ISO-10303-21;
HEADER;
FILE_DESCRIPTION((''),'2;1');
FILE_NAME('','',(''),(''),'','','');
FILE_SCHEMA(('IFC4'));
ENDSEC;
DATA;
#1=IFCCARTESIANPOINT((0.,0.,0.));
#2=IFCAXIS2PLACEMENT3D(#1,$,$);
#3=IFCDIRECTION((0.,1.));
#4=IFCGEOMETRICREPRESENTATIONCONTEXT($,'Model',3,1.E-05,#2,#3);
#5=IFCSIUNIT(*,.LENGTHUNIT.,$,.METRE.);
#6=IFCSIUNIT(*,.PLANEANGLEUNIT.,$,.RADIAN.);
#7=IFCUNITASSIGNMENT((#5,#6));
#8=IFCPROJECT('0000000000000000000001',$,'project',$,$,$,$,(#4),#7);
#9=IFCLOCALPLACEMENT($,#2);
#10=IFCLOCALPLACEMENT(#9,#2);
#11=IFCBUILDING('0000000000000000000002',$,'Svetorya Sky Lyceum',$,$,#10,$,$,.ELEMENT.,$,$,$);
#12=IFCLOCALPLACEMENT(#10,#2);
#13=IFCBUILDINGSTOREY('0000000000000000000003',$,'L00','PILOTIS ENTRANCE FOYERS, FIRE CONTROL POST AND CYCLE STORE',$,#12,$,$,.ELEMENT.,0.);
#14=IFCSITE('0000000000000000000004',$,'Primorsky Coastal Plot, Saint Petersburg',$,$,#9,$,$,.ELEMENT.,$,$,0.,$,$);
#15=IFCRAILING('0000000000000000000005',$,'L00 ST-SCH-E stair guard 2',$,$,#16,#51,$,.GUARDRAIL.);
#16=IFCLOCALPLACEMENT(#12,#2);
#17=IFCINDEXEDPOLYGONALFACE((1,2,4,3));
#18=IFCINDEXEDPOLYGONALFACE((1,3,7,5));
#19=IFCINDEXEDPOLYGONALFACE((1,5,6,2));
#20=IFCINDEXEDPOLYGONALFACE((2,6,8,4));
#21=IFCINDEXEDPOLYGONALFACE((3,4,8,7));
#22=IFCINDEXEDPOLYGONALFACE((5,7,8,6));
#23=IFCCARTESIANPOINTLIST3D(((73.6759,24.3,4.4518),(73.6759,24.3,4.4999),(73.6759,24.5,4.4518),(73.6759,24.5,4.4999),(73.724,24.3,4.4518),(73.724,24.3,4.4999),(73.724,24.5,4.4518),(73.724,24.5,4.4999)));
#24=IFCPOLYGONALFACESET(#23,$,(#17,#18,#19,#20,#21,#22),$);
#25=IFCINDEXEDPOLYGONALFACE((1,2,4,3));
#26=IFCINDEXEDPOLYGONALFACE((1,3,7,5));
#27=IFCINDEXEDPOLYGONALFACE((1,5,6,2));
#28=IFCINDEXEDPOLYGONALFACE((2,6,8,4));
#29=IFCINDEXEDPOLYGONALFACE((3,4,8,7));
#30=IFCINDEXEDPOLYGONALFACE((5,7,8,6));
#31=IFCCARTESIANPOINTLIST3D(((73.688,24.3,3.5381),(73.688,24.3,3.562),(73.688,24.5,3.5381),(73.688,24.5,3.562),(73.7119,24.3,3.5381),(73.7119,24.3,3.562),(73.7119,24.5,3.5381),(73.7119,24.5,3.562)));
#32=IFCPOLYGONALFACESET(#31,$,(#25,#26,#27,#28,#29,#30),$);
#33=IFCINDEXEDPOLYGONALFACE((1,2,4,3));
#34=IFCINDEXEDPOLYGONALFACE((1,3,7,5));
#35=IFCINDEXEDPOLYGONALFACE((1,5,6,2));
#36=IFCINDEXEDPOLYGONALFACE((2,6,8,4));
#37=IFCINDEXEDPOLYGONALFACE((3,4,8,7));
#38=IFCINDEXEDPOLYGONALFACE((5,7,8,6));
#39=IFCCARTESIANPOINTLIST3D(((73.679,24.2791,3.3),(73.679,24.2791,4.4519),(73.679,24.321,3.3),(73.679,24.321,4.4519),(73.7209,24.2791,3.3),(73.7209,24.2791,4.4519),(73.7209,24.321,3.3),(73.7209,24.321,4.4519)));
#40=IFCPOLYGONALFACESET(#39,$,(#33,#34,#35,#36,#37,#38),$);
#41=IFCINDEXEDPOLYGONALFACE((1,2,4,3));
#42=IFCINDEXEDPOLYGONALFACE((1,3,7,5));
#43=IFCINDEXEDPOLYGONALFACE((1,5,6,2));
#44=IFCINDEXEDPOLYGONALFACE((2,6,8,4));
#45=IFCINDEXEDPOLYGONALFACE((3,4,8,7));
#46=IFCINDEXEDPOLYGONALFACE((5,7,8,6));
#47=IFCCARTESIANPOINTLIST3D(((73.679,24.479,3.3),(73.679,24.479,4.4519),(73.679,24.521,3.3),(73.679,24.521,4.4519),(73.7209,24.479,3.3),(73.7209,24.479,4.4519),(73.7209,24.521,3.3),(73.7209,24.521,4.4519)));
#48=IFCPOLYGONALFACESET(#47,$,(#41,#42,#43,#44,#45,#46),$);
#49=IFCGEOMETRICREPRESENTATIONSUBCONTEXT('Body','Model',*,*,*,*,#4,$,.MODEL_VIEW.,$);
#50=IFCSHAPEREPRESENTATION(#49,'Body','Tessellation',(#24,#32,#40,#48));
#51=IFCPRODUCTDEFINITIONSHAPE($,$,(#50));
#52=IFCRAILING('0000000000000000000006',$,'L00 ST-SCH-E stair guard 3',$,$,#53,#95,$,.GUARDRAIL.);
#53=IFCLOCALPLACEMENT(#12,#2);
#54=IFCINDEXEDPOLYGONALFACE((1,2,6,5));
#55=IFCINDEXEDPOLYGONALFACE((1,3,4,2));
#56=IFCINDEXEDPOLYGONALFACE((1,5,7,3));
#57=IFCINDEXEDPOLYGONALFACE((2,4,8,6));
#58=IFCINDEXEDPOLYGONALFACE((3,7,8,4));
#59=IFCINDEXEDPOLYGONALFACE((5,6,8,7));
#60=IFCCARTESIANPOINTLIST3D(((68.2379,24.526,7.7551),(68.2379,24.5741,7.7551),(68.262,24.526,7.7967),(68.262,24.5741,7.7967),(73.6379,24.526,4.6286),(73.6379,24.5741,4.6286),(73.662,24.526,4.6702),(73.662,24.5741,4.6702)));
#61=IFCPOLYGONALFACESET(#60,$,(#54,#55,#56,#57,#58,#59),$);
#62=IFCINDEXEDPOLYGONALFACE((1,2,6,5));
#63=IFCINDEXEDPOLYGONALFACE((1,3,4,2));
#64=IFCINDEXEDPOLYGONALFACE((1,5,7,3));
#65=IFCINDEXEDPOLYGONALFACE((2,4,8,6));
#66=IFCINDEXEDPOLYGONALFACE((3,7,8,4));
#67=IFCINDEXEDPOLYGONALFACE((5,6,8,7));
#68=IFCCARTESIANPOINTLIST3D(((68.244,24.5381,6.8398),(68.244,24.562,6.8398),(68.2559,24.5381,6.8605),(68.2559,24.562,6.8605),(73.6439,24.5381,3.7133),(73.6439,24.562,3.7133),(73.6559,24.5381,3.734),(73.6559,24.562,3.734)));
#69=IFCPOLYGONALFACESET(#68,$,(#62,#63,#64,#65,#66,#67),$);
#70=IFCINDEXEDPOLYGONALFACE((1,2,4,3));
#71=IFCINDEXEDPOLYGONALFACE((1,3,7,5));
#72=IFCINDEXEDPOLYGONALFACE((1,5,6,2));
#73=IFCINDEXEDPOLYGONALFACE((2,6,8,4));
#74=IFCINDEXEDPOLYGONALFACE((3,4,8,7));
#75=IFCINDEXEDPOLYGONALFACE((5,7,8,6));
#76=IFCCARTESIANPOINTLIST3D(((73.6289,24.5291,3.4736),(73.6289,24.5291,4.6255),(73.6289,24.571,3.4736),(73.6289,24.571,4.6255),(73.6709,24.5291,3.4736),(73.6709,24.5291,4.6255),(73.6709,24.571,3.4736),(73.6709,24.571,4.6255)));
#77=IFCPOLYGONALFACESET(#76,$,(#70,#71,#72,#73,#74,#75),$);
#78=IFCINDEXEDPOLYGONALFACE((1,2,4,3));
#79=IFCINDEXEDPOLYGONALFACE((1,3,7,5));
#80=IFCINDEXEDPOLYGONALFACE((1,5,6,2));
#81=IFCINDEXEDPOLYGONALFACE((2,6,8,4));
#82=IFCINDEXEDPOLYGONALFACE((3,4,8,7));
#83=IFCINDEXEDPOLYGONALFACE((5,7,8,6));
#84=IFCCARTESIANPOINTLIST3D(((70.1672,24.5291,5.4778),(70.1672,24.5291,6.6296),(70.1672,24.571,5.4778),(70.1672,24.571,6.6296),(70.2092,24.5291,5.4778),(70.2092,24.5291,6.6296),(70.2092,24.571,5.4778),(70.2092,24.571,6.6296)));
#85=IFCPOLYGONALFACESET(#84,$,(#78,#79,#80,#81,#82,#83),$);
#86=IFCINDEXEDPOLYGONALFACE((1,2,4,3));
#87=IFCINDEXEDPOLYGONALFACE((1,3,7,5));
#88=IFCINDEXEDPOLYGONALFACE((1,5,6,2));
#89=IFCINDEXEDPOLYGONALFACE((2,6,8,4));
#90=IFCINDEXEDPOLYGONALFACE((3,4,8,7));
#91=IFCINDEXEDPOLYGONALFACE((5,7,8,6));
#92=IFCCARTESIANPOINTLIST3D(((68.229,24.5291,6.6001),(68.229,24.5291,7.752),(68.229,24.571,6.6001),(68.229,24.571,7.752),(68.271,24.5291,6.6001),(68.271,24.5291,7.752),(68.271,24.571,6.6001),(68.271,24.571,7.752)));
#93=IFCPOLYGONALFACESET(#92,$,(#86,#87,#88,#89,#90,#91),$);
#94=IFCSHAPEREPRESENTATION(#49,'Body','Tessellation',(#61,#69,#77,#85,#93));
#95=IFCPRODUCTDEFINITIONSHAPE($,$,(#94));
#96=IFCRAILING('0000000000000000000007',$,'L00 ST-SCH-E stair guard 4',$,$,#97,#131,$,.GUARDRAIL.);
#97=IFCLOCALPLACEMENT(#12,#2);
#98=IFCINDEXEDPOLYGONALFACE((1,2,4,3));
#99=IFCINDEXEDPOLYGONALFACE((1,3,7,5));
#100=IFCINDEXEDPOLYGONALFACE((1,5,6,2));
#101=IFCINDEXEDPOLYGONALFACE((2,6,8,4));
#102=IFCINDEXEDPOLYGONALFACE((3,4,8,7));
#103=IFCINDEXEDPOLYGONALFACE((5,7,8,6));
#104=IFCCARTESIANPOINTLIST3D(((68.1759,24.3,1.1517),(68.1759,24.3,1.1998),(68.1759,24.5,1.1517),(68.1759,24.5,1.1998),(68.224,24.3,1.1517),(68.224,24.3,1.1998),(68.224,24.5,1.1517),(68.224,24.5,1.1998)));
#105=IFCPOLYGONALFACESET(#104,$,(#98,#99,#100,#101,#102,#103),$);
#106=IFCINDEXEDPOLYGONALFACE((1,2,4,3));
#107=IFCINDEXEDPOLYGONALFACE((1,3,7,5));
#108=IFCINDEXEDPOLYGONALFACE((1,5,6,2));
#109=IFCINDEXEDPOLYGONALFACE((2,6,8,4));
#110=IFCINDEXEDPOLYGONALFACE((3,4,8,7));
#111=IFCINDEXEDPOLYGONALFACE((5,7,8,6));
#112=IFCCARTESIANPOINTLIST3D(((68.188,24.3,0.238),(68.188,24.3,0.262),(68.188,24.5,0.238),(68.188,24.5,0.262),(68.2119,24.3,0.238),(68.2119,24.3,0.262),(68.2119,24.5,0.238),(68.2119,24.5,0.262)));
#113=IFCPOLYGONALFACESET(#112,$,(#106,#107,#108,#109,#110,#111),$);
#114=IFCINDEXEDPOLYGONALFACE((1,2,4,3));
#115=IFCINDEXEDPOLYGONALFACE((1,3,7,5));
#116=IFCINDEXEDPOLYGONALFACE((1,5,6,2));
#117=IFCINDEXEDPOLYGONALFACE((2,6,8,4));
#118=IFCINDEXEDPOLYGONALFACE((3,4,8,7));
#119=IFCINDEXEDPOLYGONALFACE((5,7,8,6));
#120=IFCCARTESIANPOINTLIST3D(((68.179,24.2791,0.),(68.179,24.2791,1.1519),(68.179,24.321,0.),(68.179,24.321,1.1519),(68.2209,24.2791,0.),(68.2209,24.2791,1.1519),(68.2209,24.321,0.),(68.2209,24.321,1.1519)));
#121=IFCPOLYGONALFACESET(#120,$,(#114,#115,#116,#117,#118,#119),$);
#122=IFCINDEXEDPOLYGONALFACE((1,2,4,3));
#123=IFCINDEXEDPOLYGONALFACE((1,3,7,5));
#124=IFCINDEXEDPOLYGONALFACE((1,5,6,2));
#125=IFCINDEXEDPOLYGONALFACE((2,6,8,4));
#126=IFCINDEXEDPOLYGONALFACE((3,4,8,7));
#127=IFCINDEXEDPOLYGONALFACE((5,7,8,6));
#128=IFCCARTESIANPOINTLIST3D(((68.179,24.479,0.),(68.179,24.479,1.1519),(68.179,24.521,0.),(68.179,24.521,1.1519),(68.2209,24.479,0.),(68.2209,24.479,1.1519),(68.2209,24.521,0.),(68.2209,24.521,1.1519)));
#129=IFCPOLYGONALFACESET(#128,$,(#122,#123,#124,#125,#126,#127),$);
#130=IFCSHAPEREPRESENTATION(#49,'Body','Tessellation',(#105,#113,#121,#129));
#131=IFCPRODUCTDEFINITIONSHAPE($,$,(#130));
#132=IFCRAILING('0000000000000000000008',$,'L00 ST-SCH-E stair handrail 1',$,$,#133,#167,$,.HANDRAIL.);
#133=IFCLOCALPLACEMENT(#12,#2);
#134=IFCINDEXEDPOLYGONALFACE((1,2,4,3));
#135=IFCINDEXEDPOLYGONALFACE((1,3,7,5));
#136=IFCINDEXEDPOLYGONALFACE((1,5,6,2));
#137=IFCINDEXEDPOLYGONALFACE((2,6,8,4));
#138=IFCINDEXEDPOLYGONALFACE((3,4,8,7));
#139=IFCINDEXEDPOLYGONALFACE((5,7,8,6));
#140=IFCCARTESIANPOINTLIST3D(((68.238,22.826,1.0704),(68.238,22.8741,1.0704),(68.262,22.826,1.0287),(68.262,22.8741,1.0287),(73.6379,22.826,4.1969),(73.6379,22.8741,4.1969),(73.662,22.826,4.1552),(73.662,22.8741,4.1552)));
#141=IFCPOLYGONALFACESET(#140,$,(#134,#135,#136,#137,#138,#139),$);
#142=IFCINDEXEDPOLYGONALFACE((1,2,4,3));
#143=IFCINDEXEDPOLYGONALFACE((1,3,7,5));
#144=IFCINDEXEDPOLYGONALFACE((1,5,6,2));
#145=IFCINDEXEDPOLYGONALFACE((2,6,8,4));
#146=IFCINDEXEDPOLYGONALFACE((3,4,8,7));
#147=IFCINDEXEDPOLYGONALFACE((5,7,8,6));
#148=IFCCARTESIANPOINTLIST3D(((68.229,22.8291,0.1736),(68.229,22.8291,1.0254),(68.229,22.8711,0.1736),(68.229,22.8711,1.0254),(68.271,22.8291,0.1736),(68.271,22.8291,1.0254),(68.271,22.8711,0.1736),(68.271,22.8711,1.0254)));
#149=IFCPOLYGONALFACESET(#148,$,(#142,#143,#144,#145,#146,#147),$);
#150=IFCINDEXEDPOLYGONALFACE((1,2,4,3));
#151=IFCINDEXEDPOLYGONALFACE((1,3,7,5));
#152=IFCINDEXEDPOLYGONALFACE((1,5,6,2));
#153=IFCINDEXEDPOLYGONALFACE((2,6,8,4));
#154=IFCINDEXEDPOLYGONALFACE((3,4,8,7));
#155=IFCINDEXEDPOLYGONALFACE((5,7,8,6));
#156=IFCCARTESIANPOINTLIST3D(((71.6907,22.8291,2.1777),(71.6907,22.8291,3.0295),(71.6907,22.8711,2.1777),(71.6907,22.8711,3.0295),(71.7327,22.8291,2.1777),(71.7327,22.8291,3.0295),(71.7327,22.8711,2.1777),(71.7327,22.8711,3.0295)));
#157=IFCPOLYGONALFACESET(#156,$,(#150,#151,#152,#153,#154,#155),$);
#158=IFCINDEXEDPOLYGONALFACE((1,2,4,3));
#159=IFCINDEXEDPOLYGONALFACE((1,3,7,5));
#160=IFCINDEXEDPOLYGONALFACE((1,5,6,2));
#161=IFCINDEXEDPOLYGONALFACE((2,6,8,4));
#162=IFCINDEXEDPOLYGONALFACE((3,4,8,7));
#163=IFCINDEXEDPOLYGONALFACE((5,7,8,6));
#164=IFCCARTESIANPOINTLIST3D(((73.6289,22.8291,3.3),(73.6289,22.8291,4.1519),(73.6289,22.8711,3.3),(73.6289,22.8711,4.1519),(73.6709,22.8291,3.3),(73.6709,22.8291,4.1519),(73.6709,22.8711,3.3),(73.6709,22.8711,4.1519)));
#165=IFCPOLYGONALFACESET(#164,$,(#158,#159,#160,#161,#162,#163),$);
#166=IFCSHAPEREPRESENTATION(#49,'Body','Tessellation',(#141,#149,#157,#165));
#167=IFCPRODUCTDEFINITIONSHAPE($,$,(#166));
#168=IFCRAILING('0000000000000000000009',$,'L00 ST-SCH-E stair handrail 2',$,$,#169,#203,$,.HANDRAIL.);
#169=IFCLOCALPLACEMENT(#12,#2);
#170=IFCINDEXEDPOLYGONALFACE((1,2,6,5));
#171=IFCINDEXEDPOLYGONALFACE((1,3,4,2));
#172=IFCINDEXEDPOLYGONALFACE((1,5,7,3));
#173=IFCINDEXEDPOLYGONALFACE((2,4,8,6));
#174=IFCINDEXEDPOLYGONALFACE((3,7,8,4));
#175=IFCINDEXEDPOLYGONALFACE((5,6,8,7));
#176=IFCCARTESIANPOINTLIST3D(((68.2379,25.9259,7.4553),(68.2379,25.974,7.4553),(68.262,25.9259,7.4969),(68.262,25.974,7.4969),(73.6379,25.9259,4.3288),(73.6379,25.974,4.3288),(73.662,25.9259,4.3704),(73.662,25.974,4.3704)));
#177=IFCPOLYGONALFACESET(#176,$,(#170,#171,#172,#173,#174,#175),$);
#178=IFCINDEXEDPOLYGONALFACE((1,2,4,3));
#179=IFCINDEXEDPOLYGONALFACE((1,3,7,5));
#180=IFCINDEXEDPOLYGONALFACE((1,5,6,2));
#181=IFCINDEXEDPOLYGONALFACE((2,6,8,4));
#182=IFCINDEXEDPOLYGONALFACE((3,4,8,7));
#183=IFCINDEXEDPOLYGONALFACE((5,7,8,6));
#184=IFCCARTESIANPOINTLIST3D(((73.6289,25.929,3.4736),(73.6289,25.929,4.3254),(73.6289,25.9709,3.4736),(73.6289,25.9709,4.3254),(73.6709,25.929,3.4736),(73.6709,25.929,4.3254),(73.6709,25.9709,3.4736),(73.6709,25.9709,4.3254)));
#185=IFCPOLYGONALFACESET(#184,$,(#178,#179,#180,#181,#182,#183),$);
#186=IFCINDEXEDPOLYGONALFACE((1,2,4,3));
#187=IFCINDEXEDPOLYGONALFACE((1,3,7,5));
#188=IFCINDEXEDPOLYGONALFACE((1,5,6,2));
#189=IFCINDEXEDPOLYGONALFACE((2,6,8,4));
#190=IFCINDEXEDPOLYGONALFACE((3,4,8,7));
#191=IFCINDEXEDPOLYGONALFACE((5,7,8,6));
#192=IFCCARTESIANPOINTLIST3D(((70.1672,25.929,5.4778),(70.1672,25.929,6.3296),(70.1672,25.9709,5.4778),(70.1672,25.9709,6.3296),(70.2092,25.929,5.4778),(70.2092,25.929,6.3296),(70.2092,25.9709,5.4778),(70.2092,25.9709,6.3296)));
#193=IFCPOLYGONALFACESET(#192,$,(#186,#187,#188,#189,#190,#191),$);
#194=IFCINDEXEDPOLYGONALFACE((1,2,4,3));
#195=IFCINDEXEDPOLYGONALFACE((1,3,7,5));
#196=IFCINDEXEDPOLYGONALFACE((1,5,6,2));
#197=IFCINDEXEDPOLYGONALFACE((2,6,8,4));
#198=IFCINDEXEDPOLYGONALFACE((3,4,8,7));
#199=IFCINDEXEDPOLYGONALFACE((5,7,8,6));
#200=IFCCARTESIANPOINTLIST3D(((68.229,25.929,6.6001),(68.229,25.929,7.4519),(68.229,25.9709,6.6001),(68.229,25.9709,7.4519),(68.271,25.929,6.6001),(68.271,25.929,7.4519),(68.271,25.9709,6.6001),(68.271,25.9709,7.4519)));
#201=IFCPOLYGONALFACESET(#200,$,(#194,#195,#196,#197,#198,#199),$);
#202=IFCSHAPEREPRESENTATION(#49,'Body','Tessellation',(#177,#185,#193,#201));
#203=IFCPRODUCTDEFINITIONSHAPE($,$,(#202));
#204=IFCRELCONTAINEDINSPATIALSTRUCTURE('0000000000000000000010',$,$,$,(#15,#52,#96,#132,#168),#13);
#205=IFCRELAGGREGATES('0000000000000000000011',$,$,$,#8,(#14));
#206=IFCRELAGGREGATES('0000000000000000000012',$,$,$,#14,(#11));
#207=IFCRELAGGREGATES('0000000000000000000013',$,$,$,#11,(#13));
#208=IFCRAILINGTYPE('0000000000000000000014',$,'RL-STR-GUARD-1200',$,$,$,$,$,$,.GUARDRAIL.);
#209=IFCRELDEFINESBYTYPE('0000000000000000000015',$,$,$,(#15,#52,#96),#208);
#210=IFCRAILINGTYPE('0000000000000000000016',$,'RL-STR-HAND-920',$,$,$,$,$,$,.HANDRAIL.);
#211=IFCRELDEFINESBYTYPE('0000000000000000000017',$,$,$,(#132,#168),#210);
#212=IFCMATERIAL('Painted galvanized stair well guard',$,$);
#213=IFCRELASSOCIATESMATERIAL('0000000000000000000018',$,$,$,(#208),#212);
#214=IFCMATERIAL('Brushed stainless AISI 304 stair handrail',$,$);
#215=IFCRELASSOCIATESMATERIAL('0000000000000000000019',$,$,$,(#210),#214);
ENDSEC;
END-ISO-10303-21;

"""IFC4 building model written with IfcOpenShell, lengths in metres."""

from ifc_helpers import new_model, si_unit, direction, frame, origin, origin_2d, place, context, subcontext, project, spatial, rectangle, extrude, material, type_object, element, save


model = new_model("IFC4")

# Units and contexts
model_context = context("Model", 3, precision=1e-05, world=origin(), true_north=direction((0.0, 1.0)))
body_context = subcontext(model_context, "Body", "Model", "MODEL_VIEW")
ifc_project = project(units=[si_unit("LENGTHUNIT", "METRE"), si_unit("PLANEANGLEUNIT", "RADIAN")], contexts=[model_context])

# Site, building, storey
site_placement = place(None, origin())
site = spatial("IfcSite", under=ifc_project, at=site_placement, Name="Primorsky Coastal Plot, Saint Petersburg", CompositionType="ELEMENT", RefElevation=0.0)
building_placement = place(site_placement, origin())
building = spatial("IfcBuilding", under=site, at=building_placement, Name="Svetorya Sky Lyceum", CompositionType="ELEMENT")
storey_placement = place(building_placement, origin())
storey = spatial("IfcBuildingStorey", under=building, at=storey_placement, Name="L00", Description="PILOTIS ENTRANCE FOYERS, FIRE CONTROL POST AND CYCLE STORE", CompositionType="ELEMENT", Elevation=0.0)

# Railings
ifc_material_1 = material(Name="Painted galvanized stair well guard")
railing_type_1 = type_object("IfcRailingType", Name="RL-STR-GUARD-1200", PredefinedType="GUARDRAIL", material=ifc_material_1)
railing_1_placement = place(storey_placement, frame((73.7, 24.3, 3.3)))
element("IfcRailing", 1, at=railing_1_placement, inside=storey, type_object=railing_type_1, Name="L00 ST-SCH-E stair guard 2", PredefinedType="GUARDRAIL", context=body_context, shape_type="SweptSolid", body=[
    extrude(rectangle(XDim=0.0481, YDim=0.0481, at=origin_2d()), frame((0.0, 0.0, 1.1758), z_axis=(0.0, 1.0, 0.0), x_axis=(-1.0, 0.0, 0.0)), (0.0, 0.0, 1.0), 0.2),
    extrude(rectangle(XDim=0.0239, YDim=0.0239, at=origin_2d()), frame((0.0, 0.0, 0.25), z_axis=(0.0, 1.0, 0.0), x_axis=(-1.0, 0.0, 0.0)), (0.0, 0.0, 1.0), 0.2),
    extrude(rectangle(XDim=0.042, YDim=0.042, at=origin_2d()), origin(), (0.0, 0.0, 1.0), 1.1519),
    extrude(rectangle(XDim=0.042, YDim=0.042, at=origin_2d()), frame((0.0, 0.2, 0.0)), (0.0, 0.0, 1.0), 1.1519),
])
railing_2_placement = place(storey_placement, frame((73.6499, 24.55, 3.4736)))
element("IfcRailing", 2, at=railing_2_placement, inside=storey, type_object=railing_type_1, Name="L00 ST-SCH-E stair guard 3", PredefinedType="GUARDRAIL", context=body_context, shape_type="SweptSolid", body=[
    extrude(rectangle(XDim=0.0481, YDim=0.0481, at=origin_2d()), frame((0.0, 0.0, 1.1758), z_axis=(-0.865412, 0.0, 0.501061), x_axis=(0.0, -1.0, 0.0)), (0.0, 0.0, 1.0), 6.2397),
    extrude(rectangle(XDim=0.0239, YDim=0.0239, at=origin_2d()), frame((0.0, 0.0, 0.25), z_axis=(-0.865412, 0.0, 0.501061), x_axis=(0.0, -1.0, 0.0)), (0.0, 0.0, 1.0), 6.2397),
    extrude(rectangle(XDim=0.042, YDim=0.042, at=origin_2d()), origin(), (0.0, 0.0, 1.0), 1.1519),
    extrude(rectangle(XDim=0.042, YDim=0.042, at=origin_2d()), frame((-3.4617, 0.0, 2.0042)), (0.0, 0.0, 1.0), 1.1519),
    extrude(rectangle(XDim=0.042, YDim=0.042, at=origin_2d()), frame((-5.3999, 0.0, 3.1265)), (0.0, 0.0, 1.0), 1.1519),
])
railing_3_placement = place(storey_placement, frame((68.2, 24.3, 0.0)))
element("IfcRailing", 3, at=railing_3_placement, inside=storey, type_object=railing_type_1, Name="L00 ST-SCH-E stair guard 4", PredefinedType="GUARDRAIL", context=body_context, shape_type="SweptSolid", body=[
    extrude(rectangle(XDim=0.0481, YDim=0.0481, at=origin_2d()), frame((0.0, 0.0, 1.1758), z_axis=(0.0, 1.0, 0.0), x_axis=(-1.0, 0.0, 0.0)), (0.0, 0.0, 1.0), 0.2),
    extrude(rectangle(XDim=0.0239, YDim=0.0239, at=origin_2d()), frame((0.0, 0.0, 0.25), z_axis=(0.0, 1.0, 0.0), x_axis=(-1.0, 0.0, 0.0)), (0.0, 0.0, 1.0), 0.2),
    extrude(rectangle(XDim=0.042, YDim=0.042, at=origin_2d()), origin(), (0.0, 0.0, 1.0), 1.1519),
    extrude(rectangle(XDim=0.042, YDim=0.042, at=origin_2d()), frame((0.0, 0.2, 0.0)), (0.0, 0.0, 1.0), 1.1519),
])
ifc_material_2 = material(Name="Brushed stainless AISI 304 stair handrail")
railing_type_2 = type_object("IfcRailingType", Name="RL-STR-HAND-920", PredefinedType="HANDRAIL", material=ifc_material_2)
railing_4_placement = place(storey_placement, frame((68.25, 22.8501, 0.1736)))
element("IfcRailing", 4, at=railing_4_placement, inside=storey, type_object=railing_type_2, Name="L00 ST-SCH-E stair handrail 1", PredefinedType="HANDRAIL", context=body_context, shape_type="SweptSolid", body=[
    extrude(rectangle(XDim=0.0481, YDim=0.0481, at=origin_2d()), frame((0.0, 0.0, 0.876), z_axis=(0.865412, 0.0, 0.501061), x_axis=(0.0, 1.0, 0.0)), (0.0, 0.0, 1.0), 6.2397),
    extrude(rectangle(XDim=0.042, YDim=0.042, at=origin_2d()), origin(), (0.0, 0.0, 1.0), 0.8518),
    extrude(rectangle(XDim=0.042, YDim=0.042, at=origin_2d()), frame((3.4617, 0.0, 2.0042)), (0.0, 0.0, 1.0), 0.8518),
    extrude(rectangle(XDim=0.042, YDim=0.042, at=origin_2d()), frame((5.3999, 0.0, 3.1265)), (0.0, 0.0, 1.0), 0.8518),
])
railing_5_placement = place(storey_placement, frame((73.6499, 25.95, 3.4736)))
element("IfcRailing", 5, at=railing_5_placement, inside=storey, type_object=railing_type_2, Name="L00 ST-SCH-E stair handrail 2", PredefinedType="HANDRAIL", context=body_context, shape_type="SweptSolid", body=[
    extrude(rectangle(XDim=0.0481, YDim=0.0481, at=origin_2d()), frame((0.0, 0.0, 0.876), z_axis=(-0.865412, 0.0, 0.501061), x_axis=(0.0, -1.0, 0.0)), (0.0, 0.0, 1.0), 6.2397),
    extrude(rectangle(XDim=0.042, YDim=0.042, at=origin_2d()), origin(), (0.0, 0.0, 1.0), 0.8518),
    extrude(rectangle(XDim=0.042, YDim=0.042, at=origin_2d()), frame((-3.4617, 0.0, 2.0042)), (0.0, 0.0, 1.0), 0.8518),
    extrude(rectangle(XDim=0.042, YDim=0.042, at=origin_2d()), frame((-5.3999, 0.0, 3.1265)), (0.0, 0.0, 1.0), 0.8518),
])

save(model, "model.ifc")
